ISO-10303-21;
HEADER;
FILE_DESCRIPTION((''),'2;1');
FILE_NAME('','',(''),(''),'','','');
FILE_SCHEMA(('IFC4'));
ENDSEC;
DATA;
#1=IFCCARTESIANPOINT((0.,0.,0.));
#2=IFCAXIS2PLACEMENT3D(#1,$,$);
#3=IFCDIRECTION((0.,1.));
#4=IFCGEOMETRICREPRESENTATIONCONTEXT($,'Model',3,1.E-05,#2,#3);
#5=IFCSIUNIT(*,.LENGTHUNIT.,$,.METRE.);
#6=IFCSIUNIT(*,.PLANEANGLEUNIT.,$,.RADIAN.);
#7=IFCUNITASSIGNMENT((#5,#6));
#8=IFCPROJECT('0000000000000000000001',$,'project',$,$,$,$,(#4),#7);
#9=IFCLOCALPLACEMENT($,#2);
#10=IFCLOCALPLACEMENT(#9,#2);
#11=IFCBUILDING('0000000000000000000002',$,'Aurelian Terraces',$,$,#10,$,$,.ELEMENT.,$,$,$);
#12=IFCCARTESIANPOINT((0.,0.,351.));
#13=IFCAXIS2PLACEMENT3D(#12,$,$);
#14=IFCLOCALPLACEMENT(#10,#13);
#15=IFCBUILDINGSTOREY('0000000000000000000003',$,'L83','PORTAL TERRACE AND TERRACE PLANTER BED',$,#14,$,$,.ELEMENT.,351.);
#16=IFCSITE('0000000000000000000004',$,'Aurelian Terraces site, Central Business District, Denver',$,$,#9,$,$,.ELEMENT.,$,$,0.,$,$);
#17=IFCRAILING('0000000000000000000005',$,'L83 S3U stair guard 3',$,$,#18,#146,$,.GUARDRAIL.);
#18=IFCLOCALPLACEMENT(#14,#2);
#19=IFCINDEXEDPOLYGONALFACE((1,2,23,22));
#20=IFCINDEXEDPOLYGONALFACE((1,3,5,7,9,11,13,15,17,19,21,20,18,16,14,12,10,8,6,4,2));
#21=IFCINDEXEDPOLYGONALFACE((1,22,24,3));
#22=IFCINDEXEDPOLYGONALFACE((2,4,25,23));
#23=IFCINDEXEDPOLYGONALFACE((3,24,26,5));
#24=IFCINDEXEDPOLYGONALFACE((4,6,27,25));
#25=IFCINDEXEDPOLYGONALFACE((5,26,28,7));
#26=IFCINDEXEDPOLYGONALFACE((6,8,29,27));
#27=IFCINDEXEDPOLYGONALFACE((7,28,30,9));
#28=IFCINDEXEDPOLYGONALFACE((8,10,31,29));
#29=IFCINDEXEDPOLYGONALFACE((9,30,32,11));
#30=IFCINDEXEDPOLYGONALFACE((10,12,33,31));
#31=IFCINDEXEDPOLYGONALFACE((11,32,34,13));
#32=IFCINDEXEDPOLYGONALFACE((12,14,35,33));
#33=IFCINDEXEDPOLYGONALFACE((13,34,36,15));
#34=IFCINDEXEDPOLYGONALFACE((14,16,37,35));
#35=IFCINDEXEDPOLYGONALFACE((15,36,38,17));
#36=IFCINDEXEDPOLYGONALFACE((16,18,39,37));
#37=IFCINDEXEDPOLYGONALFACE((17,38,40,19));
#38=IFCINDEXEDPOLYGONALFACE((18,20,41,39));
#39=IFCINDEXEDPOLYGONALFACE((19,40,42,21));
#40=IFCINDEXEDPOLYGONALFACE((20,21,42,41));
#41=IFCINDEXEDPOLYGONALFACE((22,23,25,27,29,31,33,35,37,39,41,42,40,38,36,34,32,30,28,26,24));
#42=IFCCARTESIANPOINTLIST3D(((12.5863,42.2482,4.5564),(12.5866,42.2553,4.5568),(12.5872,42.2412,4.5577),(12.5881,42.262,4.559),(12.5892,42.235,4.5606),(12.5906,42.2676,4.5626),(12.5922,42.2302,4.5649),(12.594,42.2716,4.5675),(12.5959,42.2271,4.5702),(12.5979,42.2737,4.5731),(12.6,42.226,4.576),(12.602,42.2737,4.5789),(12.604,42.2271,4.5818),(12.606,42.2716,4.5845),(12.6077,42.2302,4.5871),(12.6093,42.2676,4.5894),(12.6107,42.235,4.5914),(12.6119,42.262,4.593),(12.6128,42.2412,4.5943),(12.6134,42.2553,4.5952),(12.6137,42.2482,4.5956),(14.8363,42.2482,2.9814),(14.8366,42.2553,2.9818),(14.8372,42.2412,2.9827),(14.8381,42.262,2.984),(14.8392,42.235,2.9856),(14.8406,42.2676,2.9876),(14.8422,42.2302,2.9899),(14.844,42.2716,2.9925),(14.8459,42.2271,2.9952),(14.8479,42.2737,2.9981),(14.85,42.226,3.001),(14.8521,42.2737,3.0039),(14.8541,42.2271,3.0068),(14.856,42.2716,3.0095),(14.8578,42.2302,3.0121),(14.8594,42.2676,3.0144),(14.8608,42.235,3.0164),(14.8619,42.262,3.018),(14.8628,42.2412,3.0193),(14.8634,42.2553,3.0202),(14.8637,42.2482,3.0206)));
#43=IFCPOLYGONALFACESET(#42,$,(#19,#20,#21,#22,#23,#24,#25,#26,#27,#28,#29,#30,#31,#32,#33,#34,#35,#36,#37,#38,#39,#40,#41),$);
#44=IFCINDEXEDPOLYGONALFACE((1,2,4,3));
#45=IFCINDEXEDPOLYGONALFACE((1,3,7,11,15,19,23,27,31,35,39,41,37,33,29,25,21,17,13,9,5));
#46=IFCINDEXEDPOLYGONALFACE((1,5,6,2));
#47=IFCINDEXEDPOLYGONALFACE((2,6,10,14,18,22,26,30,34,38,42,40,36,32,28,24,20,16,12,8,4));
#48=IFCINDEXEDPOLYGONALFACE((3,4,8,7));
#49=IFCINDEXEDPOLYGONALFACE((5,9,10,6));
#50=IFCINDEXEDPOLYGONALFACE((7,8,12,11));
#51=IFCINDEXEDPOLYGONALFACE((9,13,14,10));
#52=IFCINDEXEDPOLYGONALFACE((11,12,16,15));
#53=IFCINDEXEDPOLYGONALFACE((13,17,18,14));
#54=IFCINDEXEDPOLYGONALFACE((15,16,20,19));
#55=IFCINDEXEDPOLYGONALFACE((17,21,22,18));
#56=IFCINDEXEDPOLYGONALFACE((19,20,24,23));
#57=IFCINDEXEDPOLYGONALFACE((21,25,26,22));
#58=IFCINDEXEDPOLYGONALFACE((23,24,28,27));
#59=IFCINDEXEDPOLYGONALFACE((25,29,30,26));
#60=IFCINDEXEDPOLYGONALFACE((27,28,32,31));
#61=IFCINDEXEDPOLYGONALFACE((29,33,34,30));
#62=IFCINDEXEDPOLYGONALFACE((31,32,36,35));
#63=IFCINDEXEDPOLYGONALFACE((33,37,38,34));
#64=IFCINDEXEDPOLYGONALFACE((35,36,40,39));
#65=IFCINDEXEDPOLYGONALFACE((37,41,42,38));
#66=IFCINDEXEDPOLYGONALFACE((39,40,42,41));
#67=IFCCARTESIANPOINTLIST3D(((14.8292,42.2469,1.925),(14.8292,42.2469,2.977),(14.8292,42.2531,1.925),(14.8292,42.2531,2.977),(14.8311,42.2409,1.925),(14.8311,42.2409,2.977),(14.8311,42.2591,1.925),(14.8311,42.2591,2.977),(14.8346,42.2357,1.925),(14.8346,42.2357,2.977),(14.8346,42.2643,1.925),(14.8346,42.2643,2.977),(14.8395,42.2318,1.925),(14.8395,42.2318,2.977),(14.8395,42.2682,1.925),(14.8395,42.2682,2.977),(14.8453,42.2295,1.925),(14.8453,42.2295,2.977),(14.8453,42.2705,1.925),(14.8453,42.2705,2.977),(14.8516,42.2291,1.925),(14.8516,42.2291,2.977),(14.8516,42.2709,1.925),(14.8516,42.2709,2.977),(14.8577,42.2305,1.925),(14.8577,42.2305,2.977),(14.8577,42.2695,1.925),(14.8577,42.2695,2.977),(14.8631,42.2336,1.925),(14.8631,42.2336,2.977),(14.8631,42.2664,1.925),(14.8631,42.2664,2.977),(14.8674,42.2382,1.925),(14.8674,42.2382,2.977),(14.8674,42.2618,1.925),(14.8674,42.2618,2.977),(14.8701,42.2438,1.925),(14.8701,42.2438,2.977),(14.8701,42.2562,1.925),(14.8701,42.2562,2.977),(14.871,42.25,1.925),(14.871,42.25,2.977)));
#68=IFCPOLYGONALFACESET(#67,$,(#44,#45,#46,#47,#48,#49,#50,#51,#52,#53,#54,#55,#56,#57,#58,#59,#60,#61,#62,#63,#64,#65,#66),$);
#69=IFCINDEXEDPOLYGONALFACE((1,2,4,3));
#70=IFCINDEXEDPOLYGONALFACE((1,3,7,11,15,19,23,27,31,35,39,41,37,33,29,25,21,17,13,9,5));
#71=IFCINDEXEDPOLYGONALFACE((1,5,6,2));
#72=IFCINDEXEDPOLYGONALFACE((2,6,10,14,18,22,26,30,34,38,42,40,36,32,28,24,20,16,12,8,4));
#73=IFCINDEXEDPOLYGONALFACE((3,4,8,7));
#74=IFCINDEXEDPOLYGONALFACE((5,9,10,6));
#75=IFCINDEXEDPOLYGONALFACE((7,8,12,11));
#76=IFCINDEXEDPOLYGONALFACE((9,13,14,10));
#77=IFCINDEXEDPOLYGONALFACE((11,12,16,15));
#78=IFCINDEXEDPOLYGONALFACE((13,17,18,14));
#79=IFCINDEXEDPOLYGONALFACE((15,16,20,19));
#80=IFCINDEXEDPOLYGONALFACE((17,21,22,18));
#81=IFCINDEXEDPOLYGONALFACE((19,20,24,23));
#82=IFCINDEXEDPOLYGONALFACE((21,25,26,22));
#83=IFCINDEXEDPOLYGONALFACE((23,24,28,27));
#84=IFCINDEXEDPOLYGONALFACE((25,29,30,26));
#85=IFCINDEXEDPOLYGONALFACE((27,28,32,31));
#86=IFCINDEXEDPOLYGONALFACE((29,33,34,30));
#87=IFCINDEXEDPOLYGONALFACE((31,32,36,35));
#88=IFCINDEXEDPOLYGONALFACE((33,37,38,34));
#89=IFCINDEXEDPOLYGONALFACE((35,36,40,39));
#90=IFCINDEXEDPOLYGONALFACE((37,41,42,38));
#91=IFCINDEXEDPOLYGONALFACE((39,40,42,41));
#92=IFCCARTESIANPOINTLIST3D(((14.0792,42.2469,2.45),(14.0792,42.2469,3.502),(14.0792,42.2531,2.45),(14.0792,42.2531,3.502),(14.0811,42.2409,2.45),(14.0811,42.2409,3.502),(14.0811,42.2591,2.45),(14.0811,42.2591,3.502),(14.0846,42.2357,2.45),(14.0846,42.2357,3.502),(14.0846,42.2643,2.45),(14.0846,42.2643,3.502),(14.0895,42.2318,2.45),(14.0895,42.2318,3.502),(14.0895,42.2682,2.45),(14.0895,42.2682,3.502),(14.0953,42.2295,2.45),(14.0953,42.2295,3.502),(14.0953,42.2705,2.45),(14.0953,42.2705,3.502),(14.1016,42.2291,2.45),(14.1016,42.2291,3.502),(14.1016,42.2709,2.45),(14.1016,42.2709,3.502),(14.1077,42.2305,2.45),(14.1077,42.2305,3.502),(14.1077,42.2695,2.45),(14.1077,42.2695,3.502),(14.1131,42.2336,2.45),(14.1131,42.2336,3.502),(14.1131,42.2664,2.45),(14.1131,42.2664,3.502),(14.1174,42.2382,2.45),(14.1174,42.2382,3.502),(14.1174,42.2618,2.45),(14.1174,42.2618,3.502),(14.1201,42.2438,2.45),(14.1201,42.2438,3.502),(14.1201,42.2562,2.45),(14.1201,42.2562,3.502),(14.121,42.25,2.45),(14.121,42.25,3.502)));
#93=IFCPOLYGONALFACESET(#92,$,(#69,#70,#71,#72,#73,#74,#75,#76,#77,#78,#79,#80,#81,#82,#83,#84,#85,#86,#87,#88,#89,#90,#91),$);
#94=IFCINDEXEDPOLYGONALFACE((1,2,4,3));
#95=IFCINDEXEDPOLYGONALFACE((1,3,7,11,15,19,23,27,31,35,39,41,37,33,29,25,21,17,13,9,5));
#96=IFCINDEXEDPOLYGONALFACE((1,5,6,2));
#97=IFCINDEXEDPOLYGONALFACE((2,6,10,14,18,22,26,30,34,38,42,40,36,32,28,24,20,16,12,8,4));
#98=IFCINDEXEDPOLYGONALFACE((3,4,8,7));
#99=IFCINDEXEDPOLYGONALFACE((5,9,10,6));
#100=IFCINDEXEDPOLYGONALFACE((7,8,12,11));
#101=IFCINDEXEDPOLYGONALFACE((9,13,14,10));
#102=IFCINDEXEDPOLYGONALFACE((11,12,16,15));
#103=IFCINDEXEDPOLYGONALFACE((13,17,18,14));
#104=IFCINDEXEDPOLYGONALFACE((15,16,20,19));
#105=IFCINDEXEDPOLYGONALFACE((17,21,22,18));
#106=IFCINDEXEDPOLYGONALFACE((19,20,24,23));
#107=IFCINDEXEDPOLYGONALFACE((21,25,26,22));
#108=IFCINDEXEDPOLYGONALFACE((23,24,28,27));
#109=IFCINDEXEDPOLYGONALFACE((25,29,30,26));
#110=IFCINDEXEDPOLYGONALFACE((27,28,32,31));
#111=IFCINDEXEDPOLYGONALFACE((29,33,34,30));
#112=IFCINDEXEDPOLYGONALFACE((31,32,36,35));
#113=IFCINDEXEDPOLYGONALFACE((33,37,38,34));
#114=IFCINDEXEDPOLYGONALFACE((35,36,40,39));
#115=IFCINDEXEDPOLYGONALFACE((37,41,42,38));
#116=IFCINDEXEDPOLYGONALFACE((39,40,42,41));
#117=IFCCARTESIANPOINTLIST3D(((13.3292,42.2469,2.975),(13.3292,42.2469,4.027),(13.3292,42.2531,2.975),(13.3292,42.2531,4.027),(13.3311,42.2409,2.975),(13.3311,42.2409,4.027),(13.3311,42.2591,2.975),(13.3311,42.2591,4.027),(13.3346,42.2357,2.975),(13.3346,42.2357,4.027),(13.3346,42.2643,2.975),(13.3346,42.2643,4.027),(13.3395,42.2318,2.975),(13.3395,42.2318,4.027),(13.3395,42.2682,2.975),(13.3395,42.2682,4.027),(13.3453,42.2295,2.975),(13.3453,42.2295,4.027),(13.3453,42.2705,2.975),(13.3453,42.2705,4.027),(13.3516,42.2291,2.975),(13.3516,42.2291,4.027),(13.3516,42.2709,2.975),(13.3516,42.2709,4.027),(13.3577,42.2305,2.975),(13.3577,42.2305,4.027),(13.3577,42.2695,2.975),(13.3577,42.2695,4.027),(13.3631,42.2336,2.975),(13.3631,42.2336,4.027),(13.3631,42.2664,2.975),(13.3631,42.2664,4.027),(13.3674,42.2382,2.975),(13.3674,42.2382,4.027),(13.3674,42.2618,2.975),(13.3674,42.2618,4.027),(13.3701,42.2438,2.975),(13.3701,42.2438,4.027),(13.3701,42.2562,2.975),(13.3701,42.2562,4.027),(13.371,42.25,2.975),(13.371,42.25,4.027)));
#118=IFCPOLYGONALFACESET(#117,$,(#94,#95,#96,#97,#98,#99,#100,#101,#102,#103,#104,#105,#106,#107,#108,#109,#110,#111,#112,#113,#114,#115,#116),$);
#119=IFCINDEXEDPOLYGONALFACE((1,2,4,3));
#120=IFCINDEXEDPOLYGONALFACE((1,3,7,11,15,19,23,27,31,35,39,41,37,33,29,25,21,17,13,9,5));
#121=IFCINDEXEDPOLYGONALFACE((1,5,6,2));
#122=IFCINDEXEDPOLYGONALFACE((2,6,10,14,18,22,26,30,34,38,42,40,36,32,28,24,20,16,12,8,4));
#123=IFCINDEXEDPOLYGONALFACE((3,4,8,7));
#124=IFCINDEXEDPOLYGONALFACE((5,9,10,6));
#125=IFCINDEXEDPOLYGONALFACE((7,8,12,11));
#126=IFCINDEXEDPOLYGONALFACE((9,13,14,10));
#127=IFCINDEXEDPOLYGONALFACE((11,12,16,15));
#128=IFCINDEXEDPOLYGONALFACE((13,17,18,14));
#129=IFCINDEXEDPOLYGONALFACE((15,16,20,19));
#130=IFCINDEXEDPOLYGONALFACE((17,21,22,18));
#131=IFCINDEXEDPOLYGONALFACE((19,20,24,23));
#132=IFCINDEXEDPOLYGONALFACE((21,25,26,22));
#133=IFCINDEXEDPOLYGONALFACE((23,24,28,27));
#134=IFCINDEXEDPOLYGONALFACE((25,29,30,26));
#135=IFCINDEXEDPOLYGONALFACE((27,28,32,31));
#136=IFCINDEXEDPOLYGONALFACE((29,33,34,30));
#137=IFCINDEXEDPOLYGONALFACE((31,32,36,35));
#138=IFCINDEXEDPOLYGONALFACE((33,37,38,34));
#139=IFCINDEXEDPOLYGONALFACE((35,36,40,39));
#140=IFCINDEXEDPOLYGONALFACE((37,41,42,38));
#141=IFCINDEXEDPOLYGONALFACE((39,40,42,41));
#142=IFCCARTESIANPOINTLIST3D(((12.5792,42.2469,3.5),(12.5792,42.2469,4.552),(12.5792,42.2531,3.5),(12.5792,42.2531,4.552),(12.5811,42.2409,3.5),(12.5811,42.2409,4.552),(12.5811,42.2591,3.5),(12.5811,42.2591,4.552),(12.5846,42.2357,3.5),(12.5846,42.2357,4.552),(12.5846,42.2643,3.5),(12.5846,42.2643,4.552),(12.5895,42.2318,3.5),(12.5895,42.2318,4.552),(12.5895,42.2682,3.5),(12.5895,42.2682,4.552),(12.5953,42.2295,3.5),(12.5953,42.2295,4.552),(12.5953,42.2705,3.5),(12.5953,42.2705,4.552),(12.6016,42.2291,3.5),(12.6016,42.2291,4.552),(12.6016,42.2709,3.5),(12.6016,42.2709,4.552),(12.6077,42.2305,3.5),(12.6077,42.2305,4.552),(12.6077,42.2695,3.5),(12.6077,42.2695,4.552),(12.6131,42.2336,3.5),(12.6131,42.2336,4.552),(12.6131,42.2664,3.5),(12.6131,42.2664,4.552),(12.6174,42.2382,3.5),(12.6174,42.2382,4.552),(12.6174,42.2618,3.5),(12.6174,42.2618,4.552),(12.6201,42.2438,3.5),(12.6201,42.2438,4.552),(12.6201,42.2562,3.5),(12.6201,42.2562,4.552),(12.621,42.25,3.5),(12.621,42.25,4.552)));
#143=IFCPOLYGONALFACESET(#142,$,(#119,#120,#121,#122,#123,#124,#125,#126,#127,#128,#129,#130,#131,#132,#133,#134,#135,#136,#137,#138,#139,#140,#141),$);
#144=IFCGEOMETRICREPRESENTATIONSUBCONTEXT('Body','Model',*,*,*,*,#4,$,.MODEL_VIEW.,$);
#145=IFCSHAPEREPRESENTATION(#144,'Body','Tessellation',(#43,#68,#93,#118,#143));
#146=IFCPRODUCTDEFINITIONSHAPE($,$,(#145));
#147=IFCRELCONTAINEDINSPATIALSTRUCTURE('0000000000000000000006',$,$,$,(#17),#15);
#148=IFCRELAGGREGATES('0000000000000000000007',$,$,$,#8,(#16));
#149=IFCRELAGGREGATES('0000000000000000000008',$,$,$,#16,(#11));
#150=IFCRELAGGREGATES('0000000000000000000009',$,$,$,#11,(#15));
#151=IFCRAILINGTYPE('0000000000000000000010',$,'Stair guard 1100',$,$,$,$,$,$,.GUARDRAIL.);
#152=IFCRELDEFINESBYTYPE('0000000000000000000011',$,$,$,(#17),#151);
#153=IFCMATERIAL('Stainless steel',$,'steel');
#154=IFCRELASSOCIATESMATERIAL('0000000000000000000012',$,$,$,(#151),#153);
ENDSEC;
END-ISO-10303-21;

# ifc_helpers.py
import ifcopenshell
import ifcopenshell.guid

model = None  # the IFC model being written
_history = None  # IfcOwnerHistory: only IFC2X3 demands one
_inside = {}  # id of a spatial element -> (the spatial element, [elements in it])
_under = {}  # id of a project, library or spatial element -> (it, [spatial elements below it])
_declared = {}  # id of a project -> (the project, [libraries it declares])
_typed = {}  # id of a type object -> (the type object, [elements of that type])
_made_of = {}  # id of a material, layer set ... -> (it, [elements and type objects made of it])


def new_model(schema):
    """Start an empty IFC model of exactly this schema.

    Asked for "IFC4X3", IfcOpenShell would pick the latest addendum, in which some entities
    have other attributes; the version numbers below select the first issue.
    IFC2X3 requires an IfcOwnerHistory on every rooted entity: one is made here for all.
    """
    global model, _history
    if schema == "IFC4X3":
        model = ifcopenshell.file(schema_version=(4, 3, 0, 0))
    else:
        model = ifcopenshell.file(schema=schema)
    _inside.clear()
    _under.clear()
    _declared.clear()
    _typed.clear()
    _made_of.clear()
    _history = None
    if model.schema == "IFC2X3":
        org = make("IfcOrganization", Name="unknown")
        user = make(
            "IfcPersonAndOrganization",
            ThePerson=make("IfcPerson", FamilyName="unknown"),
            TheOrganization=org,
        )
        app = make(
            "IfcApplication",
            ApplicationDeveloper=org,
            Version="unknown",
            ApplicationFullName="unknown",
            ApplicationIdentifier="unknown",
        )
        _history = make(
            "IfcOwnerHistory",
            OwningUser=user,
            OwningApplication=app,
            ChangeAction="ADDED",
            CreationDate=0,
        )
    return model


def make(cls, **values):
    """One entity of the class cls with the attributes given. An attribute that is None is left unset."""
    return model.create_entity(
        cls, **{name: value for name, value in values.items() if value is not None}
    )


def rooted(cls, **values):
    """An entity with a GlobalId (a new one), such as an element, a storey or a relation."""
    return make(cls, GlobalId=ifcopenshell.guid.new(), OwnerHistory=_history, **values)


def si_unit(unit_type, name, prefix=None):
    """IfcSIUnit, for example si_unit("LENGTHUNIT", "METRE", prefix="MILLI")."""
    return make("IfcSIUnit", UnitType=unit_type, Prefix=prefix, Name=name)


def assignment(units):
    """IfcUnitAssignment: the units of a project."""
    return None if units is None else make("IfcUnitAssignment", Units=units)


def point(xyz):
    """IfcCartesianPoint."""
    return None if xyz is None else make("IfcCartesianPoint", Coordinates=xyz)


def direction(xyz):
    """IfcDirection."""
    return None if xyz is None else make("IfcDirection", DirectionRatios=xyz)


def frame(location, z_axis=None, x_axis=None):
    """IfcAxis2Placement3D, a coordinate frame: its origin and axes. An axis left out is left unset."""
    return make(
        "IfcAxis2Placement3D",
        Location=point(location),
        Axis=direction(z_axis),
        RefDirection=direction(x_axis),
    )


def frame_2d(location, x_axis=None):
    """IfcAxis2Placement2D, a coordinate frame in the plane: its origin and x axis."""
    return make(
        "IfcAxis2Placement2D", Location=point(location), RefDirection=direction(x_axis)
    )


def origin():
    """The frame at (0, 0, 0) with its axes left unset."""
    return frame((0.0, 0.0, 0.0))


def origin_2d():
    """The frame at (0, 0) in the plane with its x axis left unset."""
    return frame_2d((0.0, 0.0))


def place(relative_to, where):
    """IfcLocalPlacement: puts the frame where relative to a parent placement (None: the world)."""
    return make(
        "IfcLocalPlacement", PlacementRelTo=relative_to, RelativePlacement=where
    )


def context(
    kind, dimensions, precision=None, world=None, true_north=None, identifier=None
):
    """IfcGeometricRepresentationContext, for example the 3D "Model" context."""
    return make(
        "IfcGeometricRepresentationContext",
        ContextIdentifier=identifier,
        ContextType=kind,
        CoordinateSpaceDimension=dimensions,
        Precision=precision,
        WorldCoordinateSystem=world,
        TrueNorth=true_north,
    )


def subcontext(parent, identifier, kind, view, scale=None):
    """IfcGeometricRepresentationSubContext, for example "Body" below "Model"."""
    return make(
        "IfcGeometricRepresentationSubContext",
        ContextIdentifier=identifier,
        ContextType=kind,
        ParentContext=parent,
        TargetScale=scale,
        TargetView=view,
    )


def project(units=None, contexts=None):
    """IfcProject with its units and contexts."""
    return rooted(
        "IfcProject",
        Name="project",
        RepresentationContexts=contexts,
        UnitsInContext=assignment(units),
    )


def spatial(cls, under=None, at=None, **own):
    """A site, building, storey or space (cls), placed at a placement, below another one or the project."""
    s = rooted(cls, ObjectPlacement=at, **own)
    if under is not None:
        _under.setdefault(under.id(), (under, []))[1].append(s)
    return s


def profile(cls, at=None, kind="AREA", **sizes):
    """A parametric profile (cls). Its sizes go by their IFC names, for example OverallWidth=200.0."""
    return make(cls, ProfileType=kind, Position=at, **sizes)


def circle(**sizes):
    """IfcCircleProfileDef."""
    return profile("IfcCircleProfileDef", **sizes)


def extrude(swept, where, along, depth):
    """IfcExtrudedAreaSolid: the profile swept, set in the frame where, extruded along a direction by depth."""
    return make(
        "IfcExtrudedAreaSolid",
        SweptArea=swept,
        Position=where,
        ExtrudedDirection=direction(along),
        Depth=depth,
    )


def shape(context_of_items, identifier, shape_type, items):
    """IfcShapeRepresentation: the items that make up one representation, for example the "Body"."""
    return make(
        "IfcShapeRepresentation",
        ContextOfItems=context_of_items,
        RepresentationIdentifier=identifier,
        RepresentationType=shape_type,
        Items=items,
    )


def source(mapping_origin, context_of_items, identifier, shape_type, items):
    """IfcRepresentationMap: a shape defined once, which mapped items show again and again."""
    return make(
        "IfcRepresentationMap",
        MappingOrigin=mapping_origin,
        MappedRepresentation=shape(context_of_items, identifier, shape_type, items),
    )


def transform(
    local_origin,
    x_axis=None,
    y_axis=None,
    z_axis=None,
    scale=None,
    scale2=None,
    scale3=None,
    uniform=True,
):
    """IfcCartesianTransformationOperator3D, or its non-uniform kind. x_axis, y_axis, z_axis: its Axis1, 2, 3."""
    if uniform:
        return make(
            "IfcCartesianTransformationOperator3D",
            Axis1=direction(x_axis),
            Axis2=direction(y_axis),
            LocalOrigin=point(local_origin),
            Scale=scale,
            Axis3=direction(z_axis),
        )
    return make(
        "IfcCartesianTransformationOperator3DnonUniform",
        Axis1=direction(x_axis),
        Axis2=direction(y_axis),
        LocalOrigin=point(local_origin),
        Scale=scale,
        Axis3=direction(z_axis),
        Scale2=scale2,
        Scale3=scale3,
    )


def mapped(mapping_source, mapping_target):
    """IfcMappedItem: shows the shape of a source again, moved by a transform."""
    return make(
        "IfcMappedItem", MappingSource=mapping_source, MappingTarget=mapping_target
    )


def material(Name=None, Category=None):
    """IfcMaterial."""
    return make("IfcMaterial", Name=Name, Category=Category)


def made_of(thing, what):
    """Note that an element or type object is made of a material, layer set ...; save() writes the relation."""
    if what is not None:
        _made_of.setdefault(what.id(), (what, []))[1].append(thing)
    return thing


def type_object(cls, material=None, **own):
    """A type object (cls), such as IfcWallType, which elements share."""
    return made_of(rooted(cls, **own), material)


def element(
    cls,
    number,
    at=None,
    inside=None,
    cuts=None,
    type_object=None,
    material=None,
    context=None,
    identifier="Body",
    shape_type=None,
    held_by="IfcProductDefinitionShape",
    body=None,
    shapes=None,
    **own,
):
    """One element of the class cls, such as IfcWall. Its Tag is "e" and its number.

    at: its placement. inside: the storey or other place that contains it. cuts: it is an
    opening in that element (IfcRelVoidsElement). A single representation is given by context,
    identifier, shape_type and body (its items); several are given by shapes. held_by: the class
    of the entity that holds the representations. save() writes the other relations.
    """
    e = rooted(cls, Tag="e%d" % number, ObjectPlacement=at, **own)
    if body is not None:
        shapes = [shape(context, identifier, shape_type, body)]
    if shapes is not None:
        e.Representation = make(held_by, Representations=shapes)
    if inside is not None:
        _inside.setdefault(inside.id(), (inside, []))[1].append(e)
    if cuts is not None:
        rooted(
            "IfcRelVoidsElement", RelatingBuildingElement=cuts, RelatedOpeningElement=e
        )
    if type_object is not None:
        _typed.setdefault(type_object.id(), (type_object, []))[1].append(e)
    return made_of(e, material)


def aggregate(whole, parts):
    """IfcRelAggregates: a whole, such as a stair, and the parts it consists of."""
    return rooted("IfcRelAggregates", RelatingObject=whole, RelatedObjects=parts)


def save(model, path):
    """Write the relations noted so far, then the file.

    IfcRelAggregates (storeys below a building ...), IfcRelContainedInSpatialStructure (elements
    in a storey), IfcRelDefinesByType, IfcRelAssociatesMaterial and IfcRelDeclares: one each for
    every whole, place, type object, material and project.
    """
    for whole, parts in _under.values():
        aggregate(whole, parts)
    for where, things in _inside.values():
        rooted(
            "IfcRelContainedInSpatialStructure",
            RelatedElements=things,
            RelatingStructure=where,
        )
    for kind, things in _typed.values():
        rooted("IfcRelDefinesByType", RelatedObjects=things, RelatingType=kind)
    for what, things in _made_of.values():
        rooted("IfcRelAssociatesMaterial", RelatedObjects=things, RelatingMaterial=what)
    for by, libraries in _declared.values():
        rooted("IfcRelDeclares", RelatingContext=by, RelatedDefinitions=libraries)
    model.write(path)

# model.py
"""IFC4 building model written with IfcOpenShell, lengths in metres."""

from ifc_helpers import new_model, si_unit, direction, frame, origin, origin_2d, place, context, subcontext, project, spatial, circle, extrude, source, transform, mapped, material, type_object, element, save


model = new_model("IFC4")

# Units and contexts
model_context = context("Model", 3, precision=1e-05, world=origin(), true_north=direction((0.0, 1.0)))
body_context = subcontext(model_context, "Body", "Model", "MODEL_VIEW")
ifc_project = project(units=[si_unit("LENGTHUNIT", "METRE"), si_unit("PLANEANGLEUNIT", "RADIAN")], contexts=[model_context])

# Site, building, storey
site_placement = place(None, origin())
site = spatial("IfcSite", under=ifc_project, at=site_placement, Name="Aurelian Terraces site, Central Business District, Denver", CompositionType="ELEMENT", RefElevation=0.0)
building_placement = place(site_placement, origin())
building = spatial("IfcBuilding", under=site, at=building_placement, Name="Aurelian Terraces", CompositionType="ELEMENT")
storey_placement = place(building_placement, frame((0.0, 0.0, 351.0)))
storey = spatial("IfcBuildingStorey", under=building, at=storey_placement, Name="L83", Description="PORTAL TERRACE AND TERRACE PLANTER BED", CompositionType="ELEMENT", Elevation=351.0)

# Railing
ifc_material_1 = material(Name="Stainless steel", Category="steel")
railing_type_1 = type_object("IfcRailingType", Name="Stair guard 1100", PredefinedType="GUARDRAIL", material=ifc_material_1)
shared_shape_1 = source(origin(), body_context, "Body", "SweptSolid", [
    extrude(circle(Radius=0.024, at=origin_2d()), frame((0.0, 0.0, 1.076), z_axis=(-0.819232, 0.0, 0.573462), x_axis=(0.0, -1.0, 0.0)), (0.0, 0.0, 1.0), 2.7465),
    extrude(circle(Radius=0.021, at=origin_2d()), origin(), (0.0, 0.0, 1.0), 1.052),
    extrude(circle(Radius=0.021, at=origin_2d()), frame((-0.75, 0.0, 0.525)), (0.0, 0.0, 1.0), 1.052),
    extrude(circle(Radius=0.021, at=origin_2d()), frame((-1.5, 0.0, 1.05)), (0.0, 0.0, 1.0), 1.052),
    extrude(circle(Radius=0.021, at=origin_2d()), frame((-2.25, 0.0, 1.575)), (0.0, 0.0, 1.0), 1.052),
])
railing_1_placement = place(storey_placement, frame((14.85, 42.25, 1.925)))
element("IfcRailing", 1, at=railing_1_placement, inside=storey, type_object=railing_type_1, Name="L83 S3U stair guard 3", PredefinedType="GUARDRAIL", context=body_context, shape_type="MappedRepresentation", body=[
    mapped(shared_shape_1, transform((0.0, 0.0, 0.0), scale=1.0)),
])

save(model, "model.ifc")
